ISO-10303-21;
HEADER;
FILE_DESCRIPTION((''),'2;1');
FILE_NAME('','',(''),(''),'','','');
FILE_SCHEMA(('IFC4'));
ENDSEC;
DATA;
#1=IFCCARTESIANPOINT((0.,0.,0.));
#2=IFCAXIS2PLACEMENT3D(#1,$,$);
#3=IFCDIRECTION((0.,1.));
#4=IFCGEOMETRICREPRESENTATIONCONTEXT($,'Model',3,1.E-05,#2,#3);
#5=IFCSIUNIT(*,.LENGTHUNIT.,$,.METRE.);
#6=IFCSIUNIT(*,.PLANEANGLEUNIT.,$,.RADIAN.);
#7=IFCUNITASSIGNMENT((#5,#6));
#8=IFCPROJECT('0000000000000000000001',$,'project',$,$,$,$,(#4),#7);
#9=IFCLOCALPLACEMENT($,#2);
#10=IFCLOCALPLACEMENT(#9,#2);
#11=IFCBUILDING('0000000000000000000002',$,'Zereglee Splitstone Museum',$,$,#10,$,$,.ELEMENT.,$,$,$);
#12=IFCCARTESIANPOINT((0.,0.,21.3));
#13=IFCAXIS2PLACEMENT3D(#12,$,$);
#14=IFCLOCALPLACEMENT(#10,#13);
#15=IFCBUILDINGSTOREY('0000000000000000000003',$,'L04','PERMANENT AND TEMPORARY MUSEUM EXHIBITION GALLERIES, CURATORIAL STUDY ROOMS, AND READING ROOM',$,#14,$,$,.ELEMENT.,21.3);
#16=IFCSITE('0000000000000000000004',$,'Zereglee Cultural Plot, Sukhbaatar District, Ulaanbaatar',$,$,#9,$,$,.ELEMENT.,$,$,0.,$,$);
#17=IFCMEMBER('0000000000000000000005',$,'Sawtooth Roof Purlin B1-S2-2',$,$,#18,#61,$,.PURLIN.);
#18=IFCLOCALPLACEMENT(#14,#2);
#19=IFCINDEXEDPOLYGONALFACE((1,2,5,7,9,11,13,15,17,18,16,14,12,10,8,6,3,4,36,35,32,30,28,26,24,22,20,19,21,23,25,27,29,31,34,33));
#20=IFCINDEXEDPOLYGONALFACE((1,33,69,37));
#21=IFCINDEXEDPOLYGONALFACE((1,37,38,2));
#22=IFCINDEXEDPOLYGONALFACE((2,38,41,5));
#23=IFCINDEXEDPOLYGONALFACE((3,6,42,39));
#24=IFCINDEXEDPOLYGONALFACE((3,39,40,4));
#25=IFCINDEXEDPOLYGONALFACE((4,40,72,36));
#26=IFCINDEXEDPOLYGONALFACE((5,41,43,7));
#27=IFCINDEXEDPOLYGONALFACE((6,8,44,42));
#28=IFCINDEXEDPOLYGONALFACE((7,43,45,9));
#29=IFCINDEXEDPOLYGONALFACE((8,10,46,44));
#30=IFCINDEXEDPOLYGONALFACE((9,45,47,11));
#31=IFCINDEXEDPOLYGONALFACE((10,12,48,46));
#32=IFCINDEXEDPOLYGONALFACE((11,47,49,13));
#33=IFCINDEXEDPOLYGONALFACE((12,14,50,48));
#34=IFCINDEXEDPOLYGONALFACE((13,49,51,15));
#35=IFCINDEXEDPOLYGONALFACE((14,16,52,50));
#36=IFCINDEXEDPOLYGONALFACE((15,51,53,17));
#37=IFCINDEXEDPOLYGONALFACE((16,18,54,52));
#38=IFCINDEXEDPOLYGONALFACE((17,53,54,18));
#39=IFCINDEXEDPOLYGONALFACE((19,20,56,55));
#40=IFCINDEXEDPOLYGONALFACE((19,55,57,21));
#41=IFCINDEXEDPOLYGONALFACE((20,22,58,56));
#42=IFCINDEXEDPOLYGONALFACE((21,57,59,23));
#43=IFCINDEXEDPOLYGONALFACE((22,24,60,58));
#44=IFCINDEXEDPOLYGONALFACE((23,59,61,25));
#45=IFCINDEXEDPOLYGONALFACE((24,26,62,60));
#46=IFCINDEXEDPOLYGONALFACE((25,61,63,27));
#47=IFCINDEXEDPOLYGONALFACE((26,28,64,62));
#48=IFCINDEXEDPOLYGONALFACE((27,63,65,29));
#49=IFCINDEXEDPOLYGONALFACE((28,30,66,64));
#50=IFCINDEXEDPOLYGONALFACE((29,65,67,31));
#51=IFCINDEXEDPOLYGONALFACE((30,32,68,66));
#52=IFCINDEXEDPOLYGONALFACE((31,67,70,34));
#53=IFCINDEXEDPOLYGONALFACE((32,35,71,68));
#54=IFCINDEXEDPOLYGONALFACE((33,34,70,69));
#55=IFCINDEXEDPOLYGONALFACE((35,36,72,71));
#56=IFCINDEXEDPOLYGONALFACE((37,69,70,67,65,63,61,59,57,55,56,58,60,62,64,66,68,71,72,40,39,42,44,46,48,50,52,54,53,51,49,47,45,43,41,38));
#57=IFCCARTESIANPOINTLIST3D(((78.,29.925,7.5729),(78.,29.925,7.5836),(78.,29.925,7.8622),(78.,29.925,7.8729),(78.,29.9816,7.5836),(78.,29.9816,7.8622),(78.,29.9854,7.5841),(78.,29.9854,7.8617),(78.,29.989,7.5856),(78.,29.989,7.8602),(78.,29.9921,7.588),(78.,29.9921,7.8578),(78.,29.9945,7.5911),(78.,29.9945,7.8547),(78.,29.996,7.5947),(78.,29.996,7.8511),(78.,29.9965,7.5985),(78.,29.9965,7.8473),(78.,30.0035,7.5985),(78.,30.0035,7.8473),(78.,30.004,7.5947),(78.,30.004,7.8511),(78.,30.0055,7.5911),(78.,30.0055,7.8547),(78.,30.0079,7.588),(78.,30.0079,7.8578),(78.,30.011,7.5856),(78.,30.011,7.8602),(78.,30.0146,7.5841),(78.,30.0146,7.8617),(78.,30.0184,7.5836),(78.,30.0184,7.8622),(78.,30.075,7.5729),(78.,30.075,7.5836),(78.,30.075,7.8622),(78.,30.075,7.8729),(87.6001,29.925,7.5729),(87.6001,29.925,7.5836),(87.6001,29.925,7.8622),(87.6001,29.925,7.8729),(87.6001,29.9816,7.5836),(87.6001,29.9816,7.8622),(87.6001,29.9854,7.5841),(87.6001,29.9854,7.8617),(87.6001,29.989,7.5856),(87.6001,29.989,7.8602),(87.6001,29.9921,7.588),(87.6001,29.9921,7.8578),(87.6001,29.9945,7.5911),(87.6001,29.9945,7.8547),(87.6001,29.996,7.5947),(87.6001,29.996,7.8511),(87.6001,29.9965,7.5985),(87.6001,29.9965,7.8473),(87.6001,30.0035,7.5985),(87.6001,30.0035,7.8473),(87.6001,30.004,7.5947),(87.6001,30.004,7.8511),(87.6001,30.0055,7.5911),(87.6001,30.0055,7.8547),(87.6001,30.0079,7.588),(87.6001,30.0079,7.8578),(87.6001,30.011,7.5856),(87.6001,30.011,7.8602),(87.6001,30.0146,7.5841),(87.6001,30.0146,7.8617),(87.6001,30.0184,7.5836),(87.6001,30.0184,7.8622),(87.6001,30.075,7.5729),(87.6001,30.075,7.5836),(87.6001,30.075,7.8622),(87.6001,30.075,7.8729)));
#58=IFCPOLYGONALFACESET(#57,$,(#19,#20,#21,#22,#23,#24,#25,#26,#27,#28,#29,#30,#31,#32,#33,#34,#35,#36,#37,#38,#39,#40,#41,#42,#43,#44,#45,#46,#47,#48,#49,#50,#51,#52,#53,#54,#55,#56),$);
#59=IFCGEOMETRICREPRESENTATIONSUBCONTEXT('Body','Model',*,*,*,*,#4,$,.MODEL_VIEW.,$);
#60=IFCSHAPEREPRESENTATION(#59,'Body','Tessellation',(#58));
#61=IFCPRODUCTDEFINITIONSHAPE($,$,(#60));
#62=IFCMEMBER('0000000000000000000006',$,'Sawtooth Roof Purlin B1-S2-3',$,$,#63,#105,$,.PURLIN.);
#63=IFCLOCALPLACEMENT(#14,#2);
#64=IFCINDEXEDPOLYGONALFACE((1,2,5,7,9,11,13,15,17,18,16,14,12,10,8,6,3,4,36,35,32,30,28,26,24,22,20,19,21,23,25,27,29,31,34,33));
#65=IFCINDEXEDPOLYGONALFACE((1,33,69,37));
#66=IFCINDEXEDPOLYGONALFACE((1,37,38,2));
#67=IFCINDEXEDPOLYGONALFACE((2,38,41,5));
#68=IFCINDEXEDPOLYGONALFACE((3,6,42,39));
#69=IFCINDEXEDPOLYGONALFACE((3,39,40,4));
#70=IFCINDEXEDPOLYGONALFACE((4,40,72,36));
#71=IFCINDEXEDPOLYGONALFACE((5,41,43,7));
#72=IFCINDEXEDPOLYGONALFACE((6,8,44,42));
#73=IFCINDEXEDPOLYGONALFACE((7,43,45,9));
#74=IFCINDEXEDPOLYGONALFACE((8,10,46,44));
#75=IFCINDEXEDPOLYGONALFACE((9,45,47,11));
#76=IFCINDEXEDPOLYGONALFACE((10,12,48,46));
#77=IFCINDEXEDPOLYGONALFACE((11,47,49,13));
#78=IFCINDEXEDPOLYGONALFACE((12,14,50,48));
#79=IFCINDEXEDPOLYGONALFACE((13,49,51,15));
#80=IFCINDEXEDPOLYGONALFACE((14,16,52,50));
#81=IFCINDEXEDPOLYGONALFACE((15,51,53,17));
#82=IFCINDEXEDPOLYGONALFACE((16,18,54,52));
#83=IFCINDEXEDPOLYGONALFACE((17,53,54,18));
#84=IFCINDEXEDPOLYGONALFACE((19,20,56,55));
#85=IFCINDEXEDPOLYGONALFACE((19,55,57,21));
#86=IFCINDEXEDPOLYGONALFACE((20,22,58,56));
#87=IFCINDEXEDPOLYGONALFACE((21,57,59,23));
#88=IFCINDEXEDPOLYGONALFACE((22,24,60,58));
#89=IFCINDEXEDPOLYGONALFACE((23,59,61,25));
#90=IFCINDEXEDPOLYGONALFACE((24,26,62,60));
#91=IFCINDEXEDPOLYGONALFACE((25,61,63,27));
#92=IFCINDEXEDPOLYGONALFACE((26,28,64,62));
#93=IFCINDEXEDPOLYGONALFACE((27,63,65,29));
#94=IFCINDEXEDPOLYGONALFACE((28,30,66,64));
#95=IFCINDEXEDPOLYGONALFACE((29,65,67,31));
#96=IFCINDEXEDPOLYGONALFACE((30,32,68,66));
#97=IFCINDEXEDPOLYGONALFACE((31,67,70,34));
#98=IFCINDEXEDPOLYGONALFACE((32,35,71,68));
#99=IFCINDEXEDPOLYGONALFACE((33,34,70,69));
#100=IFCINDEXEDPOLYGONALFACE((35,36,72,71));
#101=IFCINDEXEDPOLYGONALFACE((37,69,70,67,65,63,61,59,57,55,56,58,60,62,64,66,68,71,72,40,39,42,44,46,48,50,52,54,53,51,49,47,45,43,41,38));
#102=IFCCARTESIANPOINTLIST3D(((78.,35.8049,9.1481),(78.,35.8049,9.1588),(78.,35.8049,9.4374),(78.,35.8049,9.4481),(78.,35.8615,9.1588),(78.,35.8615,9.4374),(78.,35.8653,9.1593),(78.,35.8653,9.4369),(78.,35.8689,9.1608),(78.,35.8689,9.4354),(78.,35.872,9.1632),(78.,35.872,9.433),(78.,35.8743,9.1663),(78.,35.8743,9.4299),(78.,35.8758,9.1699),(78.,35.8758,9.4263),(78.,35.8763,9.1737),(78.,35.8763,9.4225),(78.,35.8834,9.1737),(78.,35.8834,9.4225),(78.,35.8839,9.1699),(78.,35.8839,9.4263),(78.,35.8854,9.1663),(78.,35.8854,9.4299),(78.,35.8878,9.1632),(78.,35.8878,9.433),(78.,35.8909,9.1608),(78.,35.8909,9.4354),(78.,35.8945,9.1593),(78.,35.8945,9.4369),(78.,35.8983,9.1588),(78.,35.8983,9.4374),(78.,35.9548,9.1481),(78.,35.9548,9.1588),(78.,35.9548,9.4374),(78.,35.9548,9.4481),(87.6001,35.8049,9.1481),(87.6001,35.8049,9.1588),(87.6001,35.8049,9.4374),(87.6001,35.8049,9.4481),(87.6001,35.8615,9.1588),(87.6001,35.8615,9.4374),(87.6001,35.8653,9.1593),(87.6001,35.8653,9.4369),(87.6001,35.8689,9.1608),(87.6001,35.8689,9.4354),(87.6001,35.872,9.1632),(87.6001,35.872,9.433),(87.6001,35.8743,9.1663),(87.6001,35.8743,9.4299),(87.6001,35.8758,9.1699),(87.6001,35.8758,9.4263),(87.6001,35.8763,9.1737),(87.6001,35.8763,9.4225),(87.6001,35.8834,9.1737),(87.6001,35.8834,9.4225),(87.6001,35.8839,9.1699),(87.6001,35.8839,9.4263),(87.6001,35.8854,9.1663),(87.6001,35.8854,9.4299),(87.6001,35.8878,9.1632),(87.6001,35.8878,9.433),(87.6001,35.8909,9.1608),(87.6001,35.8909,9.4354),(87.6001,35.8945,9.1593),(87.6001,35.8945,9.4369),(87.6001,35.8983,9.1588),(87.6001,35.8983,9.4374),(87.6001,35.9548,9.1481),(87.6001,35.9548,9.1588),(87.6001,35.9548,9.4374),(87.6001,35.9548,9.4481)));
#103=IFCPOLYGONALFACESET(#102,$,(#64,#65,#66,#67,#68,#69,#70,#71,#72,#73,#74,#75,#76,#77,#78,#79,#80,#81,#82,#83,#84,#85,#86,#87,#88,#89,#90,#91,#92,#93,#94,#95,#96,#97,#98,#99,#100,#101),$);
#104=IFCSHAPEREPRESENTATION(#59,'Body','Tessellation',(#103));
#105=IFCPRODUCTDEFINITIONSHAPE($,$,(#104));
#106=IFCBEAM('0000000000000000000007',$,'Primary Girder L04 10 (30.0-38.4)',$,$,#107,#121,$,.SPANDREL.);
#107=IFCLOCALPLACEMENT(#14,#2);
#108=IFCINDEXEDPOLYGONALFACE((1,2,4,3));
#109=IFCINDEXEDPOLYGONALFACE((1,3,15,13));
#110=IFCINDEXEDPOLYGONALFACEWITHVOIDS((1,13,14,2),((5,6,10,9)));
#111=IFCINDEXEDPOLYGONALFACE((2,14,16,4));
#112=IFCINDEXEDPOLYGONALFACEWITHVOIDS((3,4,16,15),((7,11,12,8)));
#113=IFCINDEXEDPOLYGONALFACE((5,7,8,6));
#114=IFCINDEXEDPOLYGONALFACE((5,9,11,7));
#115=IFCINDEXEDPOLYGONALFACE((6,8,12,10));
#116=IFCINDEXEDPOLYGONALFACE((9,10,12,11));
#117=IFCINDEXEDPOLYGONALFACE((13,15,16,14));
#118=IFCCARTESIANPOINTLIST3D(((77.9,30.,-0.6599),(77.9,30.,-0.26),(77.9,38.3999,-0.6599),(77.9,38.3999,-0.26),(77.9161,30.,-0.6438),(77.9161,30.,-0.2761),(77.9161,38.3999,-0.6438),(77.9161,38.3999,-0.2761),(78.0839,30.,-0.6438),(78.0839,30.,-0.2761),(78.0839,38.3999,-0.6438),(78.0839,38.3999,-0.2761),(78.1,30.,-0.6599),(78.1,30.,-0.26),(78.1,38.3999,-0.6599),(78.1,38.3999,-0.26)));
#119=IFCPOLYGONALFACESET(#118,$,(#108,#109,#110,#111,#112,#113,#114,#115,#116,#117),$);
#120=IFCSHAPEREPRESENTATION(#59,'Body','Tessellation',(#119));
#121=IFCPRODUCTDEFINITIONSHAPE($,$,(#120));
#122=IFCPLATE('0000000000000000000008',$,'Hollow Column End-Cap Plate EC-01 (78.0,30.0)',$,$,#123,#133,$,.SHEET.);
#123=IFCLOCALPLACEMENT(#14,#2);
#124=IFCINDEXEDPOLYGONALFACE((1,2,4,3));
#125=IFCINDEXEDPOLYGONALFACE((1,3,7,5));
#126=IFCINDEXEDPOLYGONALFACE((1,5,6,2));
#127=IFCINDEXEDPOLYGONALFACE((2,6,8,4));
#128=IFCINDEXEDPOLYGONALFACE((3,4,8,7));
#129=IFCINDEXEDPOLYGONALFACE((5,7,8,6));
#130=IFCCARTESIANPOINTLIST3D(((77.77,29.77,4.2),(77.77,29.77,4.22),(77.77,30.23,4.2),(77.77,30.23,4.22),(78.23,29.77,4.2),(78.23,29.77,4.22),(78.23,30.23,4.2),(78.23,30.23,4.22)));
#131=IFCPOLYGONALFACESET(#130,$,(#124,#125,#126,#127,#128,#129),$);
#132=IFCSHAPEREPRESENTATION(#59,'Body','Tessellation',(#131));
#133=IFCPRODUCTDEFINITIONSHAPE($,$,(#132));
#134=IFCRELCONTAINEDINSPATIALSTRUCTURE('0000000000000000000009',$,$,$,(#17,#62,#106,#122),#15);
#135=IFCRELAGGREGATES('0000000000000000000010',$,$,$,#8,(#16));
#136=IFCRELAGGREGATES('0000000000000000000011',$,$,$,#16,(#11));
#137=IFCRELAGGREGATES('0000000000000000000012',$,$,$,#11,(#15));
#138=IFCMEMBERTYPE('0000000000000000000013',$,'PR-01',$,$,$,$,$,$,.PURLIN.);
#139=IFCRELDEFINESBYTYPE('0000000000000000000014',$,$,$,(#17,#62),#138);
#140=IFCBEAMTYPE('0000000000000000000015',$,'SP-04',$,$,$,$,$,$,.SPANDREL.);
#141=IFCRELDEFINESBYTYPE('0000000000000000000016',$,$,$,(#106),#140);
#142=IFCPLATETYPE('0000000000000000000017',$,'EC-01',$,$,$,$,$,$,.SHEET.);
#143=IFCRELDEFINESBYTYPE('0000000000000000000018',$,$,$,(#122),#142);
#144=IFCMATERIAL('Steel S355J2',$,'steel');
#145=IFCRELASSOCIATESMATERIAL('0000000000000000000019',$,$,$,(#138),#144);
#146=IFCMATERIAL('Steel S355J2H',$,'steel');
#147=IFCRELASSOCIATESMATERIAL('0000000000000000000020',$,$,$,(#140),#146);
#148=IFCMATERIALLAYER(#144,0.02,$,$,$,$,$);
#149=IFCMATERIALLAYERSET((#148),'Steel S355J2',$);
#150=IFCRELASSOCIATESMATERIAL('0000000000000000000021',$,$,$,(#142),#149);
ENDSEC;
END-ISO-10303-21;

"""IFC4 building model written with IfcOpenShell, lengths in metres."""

from ifc_helpers import new_model, si_unit, direction, frame, origin, origin_2d, place, context, subcontext, project, spatial, rectangle, hollow_rectangle, i_section, extrude, material, layer, layer_set, material_profile, profile_set, type_object, element, save


model = new_model("IFC4")

# Units and contexts
model_context = context("Model", 3, precision=1e-05, world=origin(), true_north=direction((0.0, 1.0)))
body_context = subcontext(model_context, "Body", "Model", "MODEL_VIEW")
ifc_project = project(units=[si_unit("LENGTHUNIT", "METRE"), si_unit("PLANEANGLEUNIT", "RADIAN")], contexts=[model_context])

# Site, building, storey
site_placement = place(None, origin())
site = spatial("IfcSite", under=ifc_project, at=site_placement, Name="Zereglee Cultural Plot, Sukhbaatar District, Ulaanbaatar", CompositionType="ELEMENT", RefElevation=0.0)
building_placement = place(site_placement, origin())
building = spatial("IfcBuilding", under=site, at=building_placement, Name="Zereglee Splitstone Museum", CompositionType="ELEMENT")
storey_placement = place(building_placement, frame((0.0, 0.0, 21.3)))
storey = spatial("IfcBuildingStorey", under=building, at=storey_placement, Name="L04", Description="PERMANENT AND TEMPORARY MUSEUM EXHIBITION GALLERIES, CURATORIAL STUDY ROOMS, AND READING ROOM", CompositionType="ELEMENT", Elevation=21.3)

# Shared definitions
ifc_material_1 = material(Name="Steel S355J2", Category="steel")

# Shared definitions
ifc_material_2 = material(Name="Steel S355J2H", Category="steel")

# Members
ifc_material_profile_1 = material_profile(ifc_material_1, i_section(OverallWidth=0.1499, OverallDepth=0.3, WebThickness=0.0071, FlangeThickness=0.0107, FilletRadius=0.0149, at=origin_2d()), Name="IPE 300")
ifc_profile_set_1 = profile_set([ifc_material_profile_1], Name="Steel S355J2")
member_type_1 = type_object("IfcMemberType", Name="PR-01", PredefinedType="PURLIN", material=ifc_profile_set_1)
for number, where, z_axis, x_axis, name in (
    (1, (78.0, 30.0, 7.7229), (1.0, 0.0, 0.0), (0.0, 1.0, 0.0), "Sawtooth Roof Purlin B1-S2-2"),
    (2, (78.0, 35.8799, 9.2981), (1.0, 0.0, 0.0), (0.0, 1.0, 0.0), "Sawtooth Roof Purlin B1-S2-3"),
):
    element("IfcMember", number, at=place(storey_placement, frame(where, z_axis=z_axis, x_axis=x_axis)), inside=storey, type_object=member_type_1, Name=name, PredefinedType="PURLIN", context=body_context, shape_type="SweptSolid", body=[
        extrude(i_section(OverallWidth=0.1499, OverallDepth=0.3, WebThickness=0.0071, FlangeThickness=0.0107, FilletRadius=0.0149, at=origin_2d()), origin(), (0.0, 0.0, 1.0), 9.6001),
    ])

# Beam
ifc_material_profile_2 = material_profile(ifc_material_2, hollow_rectangle(XDim=0.2, YDim=0.3999, WallThickness=0.0161, at=origin_2d()), Name="RHS 400x200x16")
ifc_profile_set_2 = profile_set([ifc_material_profile_2], Name="Steel S355J2H")
beam_type_1 = type_object("IfcBeamType", Name="SP-04", PredefinedType="SPANDREL", material=ifc_profile_set_2)
beam_1_placement = place(storey_placement, frame((78.0, 30.0, -0.46), z_axis=(0.0, 1.0, 0.0), x_axis=(-1.0, 0.0, 0.0)))
element("IfcBeam", 3, at=beam_1_placement, inside=storey, type_object=beam_type_1, Name="Primary Girder L04 10 (30.0-38.4)", PredefinedType="SPANDREL", context=body_context, shape_type="SweptSolid", body=[
    extrude(hollow_rectangle(XDim=0.2, YDim=0.3999, WallThickness=0.0161, at=origin_2d()), origin(), (0.0, 0.0, 1.0), 8.3999),
])

# Plate
ifc_layer = layer(ifc_material_1, 0.02)
ifc_layer_set = layer_set([ifc_layer], Name="Steel S355J2")
plate_type = type_object("IfcPlateType", Name="EC-01", PredefinedType="SHEET", material=ifc_layer_set)
plate_placement = place(storey_placement, frame((78.0, 30.0, 4.2), z_axis=(0.0, 0.0, 1.0), x_axis=(1.0, 0.0, 0.0)))
element("IfcPlate", 4, at=plate_placement, inside=storey, type_object=plate_type, Name="Hollow Column End-Cap Plate EC-01 (78.0,30.0)", PredefinedType="SHEET", context=body_context, shape_type="SweptSolid", body=[
    extrude(rectangle(XDim=0.46, YDim=0.46, at=origin_2d()), origin(), (0.0, 0.0, 1.0), 0.02),
])

save(model, "model.ifc")
